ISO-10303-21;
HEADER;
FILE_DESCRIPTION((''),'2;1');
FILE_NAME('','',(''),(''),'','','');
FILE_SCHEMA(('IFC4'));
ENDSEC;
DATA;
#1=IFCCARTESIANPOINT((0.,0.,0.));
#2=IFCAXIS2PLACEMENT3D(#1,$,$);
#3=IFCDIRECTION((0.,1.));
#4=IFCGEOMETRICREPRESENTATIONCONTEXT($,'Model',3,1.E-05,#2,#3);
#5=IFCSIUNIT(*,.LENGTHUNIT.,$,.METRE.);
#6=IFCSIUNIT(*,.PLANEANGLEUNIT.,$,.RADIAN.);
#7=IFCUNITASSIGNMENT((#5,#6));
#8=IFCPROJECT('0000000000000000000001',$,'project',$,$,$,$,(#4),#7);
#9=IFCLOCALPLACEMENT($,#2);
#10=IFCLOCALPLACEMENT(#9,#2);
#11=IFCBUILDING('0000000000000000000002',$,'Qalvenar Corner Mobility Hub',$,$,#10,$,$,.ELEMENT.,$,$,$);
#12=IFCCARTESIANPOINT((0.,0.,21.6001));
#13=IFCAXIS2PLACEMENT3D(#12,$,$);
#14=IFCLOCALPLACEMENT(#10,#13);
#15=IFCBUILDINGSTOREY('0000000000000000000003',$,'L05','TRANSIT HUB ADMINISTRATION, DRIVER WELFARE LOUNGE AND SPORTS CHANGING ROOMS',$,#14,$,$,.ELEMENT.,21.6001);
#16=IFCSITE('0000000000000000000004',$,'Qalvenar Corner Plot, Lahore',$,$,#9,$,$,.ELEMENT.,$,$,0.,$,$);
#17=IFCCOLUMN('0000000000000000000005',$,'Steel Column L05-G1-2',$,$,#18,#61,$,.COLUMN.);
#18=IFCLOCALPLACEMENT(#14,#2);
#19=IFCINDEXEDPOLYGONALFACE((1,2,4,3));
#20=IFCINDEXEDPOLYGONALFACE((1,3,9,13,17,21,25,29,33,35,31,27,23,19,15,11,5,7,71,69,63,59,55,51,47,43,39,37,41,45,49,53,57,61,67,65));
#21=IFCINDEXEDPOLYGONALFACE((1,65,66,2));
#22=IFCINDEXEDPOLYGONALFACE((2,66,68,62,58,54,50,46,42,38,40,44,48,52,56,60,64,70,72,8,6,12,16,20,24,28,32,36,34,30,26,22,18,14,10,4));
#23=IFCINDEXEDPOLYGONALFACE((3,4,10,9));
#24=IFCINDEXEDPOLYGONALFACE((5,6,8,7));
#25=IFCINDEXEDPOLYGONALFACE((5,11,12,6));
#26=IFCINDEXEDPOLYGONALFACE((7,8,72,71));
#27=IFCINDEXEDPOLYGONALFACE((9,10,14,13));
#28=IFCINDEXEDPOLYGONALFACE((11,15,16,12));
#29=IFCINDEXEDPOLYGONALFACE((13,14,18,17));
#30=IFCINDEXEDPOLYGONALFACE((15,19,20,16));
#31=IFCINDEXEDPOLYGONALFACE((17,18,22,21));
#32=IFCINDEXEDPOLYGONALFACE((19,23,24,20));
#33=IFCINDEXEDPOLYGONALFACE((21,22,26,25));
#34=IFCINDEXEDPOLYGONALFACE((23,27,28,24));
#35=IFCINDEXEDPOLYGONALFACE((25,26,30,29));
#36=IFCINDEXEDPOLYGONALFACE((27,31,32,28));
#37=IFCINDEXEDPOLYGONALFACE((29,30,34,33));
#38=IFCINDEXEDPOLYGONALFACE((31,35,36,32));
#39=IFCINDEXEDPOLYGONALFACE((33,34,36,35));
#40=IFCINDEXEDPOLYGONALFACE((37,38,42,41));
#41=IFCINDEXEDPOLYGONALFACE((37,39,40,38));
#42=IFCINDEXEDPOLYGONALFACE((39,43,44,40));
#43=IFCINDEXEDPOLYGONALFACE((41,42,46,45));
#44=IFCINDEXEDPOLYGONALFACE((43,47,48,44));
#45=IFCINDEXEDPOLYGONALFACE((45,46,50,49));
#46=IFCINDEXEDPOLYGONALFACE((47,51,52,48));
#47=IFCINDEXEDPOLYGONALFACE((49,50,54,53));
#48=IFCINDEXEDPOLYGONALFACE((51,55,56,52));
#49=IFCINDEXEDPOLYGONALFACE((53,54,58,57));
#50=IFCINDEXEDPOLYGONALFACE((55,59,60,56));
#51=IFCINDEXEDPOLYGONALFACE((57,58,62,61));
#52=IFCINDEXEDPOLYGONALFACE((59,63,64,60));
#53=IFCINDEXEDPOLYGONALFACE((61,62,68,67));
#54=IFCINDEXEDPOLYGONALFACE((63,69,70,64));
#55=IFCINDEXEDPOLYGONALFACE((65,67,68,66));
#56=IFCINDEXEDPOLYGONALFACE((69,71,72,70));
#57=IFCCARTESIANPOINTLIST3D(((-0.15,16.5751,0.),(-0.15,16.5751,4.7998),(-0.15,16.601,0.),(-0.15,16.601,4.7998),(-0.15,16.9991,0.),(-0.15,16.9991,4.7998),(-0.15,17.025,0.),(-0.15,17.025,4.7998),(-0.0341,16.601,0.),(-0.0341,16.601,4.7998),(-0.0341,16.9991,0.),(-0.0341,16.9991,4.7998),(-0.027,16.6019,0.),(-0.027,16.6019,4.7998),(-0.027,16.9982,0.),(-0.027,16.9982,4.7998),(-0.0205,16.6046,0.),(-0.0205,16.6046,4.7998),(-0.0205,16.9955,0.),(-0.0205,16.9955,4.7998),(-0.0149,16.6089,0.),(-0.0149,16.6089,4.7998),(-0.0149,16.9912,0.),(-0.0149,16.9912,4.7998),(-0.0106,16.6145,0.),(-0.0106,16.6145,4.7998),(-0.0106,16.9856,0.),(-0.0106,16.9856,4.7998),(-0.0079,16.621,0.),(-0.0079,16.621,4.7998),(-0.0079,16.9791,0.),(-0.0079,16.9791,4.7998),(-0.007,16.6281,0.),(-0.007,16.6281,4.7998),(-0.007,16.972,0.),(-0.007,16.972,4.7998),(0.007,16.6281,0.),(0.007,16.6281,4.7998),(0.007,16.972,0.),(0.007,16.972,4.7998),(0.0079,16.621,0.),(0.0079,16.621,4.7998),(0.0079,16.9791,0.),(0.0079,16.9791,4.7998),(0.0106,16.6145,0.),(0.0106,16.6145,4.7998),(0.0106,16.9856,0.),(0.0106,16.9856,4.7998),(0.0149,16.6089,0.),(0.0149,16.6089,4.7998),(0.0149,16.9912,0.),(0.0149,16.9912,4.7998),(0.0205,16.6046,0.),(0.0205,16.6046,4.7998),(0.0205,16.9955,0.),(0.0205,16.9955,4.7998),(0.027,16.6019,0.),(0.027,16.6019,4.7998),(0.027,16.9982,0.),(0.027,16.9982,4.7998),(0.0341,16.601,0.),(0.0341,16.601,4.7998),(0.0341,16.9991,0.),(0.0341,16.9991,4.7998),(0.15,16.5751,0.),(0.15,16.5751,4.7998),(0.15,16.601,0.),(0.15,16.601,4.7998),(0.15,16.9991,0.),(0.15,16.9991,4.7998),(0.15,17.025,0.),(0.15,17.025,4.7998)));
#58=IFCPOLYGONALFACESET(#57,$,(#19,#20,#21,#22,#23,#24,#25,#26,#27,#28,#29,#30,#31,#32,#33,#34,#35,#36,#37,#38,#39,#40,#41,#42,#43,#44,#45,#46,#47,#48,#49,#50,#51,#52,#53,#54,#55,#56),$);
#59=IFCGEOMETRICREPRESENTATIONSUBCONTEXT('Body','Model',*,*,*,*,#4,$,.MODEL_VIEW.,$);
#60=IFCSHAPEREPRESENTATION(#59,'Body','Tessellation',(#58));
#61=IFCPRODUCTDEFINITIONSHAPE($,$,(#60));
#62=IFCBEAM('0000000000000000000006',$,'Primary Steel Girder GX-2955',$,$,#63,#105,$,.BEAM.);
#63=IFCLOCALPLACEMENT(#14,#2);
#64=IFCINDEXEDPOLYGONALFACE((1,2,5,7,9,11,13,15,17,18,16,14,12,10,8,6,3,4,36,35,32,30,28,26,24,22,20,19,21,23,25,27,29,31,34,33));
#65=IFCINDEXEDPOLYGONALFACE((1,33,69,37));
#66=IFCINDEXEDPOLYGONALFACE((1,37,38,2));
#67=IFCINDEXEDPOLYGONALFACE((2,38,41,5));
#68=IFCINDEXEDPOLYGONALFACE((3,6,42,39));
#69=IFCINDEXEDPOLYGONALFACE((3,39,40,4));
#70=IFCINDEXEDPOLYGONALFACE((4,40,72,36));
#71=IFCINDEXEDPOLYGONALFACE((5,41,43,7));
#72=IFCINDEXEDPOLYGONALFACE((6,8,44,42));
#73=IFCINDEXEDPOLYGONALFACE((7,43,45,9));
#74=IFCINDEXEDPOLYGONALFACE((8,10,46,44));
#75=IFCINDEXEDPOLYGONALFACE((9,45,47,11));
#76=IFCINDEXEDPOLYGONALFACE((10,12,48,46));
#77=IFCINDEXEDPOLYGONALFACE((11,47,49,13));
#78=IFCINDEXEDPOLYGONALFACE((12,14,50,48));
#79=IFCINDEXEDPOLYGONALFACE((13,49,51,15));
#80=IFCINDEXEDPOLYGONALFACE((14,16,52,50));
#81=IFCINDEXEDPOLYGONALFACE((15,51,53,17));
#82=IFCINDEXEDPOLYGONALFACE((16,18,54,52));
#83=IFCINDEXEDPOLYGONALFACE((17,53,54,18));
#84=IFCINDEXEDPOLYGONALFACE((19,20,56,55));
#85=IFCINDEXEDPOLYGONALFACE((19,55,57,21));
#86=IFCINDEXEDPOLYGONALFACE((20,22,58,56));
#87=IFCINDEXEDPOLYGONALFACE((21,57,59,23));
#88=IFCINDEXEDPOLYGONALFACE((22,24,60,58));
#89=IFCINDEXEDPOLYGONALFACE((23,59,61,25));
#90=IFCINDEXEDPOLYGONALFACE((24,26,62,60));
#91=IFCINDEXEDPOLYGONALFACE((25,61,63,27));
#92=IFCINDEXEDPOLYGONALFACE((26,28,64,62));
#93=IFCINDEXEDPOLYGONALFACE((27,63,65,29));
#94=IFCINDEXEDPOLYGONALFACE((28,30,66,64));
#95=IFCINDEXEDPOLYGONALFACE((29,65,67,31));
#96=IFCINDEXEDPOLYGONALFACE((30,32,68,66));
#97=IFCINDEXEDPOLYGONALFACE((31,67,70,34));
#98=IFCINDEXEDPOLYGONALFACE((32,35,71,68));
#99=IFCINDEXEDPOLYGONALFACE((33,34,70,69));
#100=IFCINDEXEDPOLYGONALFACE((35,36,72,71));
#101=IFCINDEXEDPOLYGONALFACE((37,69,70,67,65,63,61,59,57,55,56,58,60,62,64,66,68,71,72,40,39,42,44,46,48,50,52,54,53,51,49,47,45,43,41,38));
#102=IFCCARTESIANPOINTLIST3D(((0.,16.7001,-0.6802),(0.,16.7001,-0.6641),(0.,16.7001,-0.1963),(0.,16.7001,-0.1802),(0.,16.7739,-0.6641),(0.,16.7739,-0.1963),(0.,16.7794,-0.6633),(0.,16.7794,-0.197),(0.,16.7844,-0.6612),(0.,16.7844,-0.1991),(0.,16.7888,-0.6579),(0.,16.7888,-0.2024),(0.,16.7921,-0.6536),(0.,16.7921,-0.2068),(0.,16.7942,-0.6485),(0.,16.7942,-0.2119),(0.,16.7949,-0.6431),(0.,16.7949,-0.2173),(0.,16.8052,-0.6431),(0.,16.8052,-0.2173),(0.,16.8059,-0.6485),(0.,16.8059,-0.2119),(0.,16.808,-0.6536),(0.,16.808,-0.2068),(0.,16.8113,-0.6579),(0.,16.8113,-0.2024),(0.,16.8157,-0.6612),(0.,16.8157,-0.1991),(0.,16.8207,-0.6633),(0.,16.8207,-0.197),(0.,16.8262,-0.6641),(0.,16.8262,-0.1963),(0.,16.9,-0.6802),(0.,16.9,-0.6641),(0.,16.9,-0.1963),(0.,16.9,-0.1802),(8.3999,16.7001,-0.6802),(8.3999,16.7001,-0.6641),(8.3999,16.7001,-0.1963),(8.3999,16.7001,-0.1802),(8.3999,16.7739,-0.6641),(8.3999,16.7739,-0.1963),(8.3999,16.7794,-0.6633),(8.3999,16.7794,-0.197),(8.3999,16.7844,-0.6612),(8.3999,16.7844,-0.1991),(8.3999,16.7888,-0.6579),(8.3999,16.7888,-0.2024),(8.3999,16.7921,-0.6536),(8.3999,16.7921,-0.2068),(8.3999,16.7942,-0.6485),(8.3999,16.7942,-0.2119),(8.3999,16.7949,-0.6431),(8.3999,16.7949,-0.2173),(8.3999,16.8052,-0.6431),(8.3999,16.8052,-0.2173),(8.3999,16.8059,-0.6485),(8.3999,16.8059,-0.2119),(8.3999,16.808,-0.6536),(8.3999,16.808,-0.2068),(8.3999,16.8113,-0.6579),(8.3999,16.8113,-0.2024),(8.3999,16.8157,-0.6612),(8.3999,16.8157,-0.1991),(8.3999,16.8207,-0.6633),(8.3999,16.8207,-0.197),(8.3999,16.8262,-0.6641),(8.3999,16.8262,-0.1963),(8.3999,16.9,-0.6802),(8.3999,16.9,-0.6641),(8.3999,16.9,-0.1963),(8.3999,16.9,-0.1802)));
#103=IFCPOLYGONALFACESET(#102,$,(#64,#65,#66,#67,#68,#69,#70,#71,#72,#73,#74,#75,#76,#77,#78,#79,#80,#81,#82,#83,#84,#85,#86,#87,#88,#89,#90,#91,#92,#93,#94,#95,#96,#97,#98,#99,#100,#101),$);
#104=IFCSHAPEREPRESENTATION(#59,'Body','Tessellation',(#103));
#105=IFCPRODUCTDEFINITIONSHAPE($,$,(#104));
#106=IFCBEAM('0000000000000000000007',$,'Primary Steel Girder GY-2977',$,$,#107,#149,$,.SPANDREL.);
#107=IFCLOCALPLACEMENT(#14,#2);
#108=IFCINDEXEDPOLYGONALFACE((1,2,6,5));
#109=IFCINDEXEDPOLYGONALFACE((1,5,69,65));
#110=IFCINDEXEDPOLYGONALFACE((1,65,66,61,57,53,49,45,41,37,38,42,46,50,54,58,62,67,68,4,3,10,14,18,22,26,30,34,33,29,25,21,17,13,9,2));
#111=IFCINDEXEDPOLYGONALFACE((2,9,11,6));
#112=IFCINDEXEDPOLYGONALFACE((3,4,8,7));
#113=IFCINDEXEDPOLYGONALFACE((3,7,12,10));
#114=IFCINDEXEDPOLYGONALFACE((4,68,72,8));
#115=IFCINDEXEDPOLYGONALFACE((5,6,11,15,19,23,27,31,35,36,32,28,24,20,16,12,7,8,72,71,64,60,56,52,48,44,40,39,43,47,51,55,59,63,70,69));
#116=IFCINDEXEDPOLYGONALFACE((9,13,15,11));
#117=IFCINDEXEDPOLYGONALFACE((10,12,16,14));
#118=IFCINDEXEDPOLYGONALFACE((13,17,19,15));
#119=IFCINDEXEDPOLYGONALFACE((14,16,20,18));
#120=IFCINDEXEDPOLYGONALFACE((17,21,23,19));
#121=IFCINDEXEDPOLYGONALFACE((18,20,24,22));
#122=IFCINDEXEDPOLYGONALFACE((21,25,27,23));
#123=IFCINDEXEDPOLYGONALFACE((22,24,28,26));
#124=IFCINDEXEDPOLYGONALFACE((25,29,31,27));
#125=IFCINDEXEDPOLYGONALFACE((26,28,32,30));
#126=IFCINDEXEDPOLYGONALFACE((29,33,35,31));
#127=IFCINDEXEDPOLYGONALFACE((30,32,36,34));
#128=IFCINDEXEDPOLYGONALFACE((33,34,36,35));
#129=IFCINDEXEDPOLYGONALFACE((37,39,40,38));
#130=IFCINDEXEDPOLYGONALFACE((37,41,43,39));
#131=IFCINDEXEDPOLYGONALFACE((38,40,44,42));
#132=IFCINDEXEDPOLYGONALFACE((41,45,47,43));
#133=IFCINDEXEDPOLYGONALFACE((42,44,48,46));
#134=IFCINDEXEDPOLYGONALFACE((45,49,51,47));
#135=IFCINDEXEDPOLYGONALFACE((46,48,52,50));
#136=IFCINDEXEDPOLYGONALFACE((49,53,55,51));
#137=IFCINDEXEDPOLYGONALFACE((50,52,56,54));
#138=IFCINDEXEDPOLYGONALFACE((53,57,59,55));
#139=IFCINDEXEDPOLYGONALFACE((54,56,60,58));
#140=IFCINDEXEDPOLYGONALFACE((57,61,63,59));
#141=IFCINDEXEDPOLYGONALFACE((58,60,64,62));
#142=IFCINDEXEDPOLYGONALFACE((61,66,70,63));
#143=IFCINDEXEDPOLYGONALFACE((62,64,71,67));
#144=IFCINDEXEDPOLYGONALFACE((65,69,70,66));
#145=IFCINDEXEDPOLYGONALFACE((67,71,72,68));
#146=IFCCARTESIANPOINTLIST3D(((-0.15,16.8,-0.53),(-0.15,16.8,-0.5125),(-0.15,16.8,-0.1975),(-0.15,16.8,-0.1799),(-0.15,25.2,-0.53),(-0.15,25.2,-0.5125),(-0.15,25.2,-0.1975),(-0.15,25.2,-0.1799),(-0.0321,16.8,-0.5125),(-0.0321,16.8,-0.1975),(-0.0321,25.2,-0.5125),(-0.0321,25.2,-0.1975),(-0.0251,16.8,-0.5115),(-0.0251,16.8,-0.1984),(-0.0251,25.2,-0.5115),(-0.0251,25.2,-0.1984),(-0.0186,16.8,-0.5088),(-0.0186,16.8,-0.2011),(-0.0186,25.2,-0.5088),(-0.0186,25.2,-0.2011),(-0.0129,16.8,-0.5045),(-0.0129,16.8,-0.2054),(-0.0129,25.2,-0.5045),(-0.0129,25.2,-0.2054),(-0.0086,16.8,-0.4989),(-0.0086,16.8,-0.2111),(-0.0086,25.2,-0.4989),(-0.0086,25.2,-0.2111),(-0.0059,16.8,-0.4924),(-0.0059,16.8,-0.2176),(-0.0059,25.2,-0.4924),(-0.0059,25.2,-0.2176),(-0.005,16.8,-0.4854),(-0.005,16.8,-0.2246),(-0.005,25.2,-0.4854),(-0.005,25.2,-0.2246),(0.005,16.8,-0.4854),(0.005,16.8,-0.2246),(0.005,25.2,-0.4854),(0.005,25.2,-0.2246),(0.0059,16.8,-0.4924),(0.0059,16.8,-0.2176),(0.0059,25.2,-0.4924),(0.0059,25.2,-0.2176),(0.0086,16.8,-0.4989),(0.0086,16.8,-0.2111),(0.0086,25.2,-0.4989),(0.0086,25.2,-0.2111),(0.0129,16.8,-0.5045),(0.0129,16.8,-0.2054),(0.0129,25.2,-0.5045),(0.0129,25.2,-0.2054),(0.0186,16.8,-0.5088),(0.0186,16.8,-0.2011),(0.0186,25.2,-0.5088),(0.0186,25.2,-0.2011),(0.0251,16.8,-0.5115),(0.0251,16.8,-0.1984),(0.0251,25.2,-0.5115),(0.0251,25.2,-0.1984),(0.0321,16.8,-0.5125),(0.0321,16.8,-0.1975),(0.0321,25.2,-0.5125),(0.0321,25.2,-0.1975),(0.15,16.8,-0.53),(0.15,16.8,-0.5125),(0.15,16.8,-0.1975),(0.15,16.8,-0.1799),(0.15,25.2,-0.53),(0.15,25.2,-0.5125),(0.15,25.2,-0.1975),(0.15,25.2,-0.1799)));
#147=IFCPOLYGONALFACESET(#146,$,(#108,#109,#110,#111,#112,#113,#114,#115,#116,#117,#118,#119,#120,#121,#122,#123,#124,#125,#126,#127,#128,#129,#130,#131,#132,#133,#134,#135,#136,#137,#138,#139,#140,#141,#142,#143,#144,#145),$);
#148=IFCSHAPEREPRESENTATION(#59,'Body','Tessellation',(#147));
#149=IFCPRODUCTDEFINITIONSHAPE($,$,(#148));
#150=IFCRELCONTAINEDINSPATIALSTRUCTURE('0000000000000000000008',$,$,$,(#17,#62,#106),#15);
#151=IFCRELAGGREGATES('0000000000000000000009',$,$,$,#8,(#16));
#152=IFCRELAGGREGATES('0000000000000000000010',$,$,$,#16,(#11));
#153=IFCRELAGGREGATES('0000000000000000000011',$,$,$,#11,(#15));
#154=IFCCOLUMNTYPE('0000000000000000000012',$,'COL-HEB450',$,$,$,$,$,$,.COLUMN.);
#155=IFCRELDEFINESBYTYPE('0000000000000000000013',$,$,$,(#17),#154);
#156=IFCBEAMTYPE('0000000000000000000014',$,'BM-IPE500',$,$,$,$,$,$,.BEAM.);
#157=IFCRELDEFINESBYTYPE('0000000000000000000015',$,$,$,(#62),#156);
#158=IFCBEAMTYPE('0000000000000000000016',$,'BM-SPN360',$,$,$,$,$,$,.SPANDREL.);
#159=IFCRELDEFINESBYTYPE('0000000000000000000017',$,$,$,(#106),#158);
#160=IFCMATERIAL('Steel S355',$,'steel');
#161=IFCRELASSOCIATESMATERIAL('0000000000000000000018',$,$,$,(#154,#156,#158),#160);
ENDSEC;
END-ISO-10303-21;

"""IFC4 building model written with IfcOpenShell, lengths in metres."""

from ifc_helpers import new_model, si_unit, direction, frame, origin, origin_2d, place, context, subcontext, project, spatial, i_section, extrude, material, material_profile, profile_set, type_object, element, save


model = new_model("IFC4")

# Units and contexts
model_context = context("Model", 3, precision=1e-05, world=origin(), true_north=direction((0.0, 1.0)))
body_context = subcontext(model_context, "Body", "Model", "MODEL_VIEW")
ifc_project = project(units=[si_unit("LENGTHUNIT", "METRE"), si_unit("PLANEANGLEUNIT", "RADIAN")], contexts=[model_context])

# Site, building, storey
site_placement = place(None, origin())
site = spatial("IfcSite", under=ifc_project, at=site_placement, Name="Qalvenar Corner Plot, Lahore", CompositionType="ELEMENT", RefElevation=0.0)
building_placement = place(site_placement, origin())
building = spatial("IfcBuilding", under=site, at=building_placement, Name="Qalvenar Corner Mobility Hub", CompositionType="ELEMENT")
storey_placement = place(building_placement, frame((0.0, 0.0, 21.6001)))
storey = spatial("IfcBuildingStorey", under=building, at=storey_placement, Name="L05", Description="TRANSIT HUB ADMINISTRATION, DRIVER WELFARE LOUNGE AND SPORTS CHANGING ROOMS", CompositionType="ELEMENT", Elevation=21.6001)

# Column
ifc_material_1 = material(Name="Steel S355", Category="steel")
ifc_material_profile_1 = material_profile(ifc_material_1, i_section(OverallWidth=0.3, OverallDepth=0.45, WebThickness=0.0139, FlangeThickness=0.0259, FilletRadius=0.0271, at=origin_2d()), Name="HEB450")
ifc_profile_set_1 = profile_set([ifc_material_profile_1], Name="Steel S355")
column_type = type_object("IfcColumnType", Name="COL-HEB450", PredefinedType="COLUMN", material=ifc_profile_set_1)
column_placement = place(storey_placement, frame((0.0, 16.8, 0.0), z_axis=(0.0, 0.0, 1.0), x_axis=(1.0, 0.0, 0.0)))
element("IfcColumn", 1, at=column_placement, inside=storey, type_object=column_type, Name="Steel Column L05-G1-2", PredefinedType="COLUMN", context=body_context, shape_type="SweptSolid", body=[
    extrude(i_section(OverallWidth=0.3, OverallDepth=0.45, WebThickness=0.0139, FlangeThickness=0.0259, FilletRadius=0.0271, at=origin_2d()), origin(), (0.0, 0.0, 1.0), 4.7998),
])

# Beams
ifc_material_profile_2 = material_profile(ifc_material_1, i_section(OverallWidth=0.2, OverallDepth=0.5, WebThickness=0.0103, FlangeThickness=0.0161, FilletRadius=0.021, at=origin_2d()), Name="IPE500")
ifc_profile_set_2 = profile_set([ifc_material_profile_2], Name="Steel S355")
beam_type_1 = type_object("IfcBeamType", Name="BM-IPE500", PredefinedType="BEAM", material=ifc_profile_set_2)
beam_1_placement = place(storey_placement, frame((0.0, 16.8, -0.4302), z_axis=(1.0, 0.0, 0.0), x_axis=(0.0, 1.0, 0.0)))
element("IfcBeam", 2, at=beam_1_placement, inside=storey, type_object=beam_type_1, Name="Primary Steel Girder GX-2955", PredefinedType="BEAM", context=body_context, shape_type="SweptSolid", body=[
    extrude(i_section(OverallWidth=0.2, OverallDepth=0.5, WebThickness=0.0103, FlangeThickness=0.0161, FilletRadius=0.021, at=origin_2d()), origin(), (0.0, 0.0, 1.0), 8.3999),
])
ifc_material_profile_3 = material_profile(ifc_material_1, i_section(OverallWidth=0.3, OverallDepth=0.3501, WebThickness=0.01, FlangeThickness=0.0176, FilletRadius=0.0271, at=origin_2d()), Name="HEA360")
ifc_profile_set_3 = profile_set([ifc_material_profile_3], Name="Steel S355")
beam_type_2 = type_object("IfcBeamType", Name="BM-SPN360", PredefinedType="SPANDREL", material=ifc_profile_set_3)
beam_2_placement = place(storey_placement, frame((0.0, 16.8, -0.355), z_axis=(0.0, 1.0, 0.0), x_axis=(-1.0, 0.0, 0.0)))
element("IfcBeam", 3, at=beam_2_placement, inside=storey, type_object=beam_type_2, Name="Primary Steel Girder GY-2977", PredefinedType="SPANDREL", context=body_context, shape_type="SweptSolid", body=[
    extrude(i_section(OverallWidth=0.3, OverallDepth=0.3501, WebThickness=0.01, FlangeThickness=0.0176, FilletRadius=0.0271, at=origin_2d()), origin(), (0.0, 0.0, 1.0), 8.3999),
])

save(model, "model.ifc")
